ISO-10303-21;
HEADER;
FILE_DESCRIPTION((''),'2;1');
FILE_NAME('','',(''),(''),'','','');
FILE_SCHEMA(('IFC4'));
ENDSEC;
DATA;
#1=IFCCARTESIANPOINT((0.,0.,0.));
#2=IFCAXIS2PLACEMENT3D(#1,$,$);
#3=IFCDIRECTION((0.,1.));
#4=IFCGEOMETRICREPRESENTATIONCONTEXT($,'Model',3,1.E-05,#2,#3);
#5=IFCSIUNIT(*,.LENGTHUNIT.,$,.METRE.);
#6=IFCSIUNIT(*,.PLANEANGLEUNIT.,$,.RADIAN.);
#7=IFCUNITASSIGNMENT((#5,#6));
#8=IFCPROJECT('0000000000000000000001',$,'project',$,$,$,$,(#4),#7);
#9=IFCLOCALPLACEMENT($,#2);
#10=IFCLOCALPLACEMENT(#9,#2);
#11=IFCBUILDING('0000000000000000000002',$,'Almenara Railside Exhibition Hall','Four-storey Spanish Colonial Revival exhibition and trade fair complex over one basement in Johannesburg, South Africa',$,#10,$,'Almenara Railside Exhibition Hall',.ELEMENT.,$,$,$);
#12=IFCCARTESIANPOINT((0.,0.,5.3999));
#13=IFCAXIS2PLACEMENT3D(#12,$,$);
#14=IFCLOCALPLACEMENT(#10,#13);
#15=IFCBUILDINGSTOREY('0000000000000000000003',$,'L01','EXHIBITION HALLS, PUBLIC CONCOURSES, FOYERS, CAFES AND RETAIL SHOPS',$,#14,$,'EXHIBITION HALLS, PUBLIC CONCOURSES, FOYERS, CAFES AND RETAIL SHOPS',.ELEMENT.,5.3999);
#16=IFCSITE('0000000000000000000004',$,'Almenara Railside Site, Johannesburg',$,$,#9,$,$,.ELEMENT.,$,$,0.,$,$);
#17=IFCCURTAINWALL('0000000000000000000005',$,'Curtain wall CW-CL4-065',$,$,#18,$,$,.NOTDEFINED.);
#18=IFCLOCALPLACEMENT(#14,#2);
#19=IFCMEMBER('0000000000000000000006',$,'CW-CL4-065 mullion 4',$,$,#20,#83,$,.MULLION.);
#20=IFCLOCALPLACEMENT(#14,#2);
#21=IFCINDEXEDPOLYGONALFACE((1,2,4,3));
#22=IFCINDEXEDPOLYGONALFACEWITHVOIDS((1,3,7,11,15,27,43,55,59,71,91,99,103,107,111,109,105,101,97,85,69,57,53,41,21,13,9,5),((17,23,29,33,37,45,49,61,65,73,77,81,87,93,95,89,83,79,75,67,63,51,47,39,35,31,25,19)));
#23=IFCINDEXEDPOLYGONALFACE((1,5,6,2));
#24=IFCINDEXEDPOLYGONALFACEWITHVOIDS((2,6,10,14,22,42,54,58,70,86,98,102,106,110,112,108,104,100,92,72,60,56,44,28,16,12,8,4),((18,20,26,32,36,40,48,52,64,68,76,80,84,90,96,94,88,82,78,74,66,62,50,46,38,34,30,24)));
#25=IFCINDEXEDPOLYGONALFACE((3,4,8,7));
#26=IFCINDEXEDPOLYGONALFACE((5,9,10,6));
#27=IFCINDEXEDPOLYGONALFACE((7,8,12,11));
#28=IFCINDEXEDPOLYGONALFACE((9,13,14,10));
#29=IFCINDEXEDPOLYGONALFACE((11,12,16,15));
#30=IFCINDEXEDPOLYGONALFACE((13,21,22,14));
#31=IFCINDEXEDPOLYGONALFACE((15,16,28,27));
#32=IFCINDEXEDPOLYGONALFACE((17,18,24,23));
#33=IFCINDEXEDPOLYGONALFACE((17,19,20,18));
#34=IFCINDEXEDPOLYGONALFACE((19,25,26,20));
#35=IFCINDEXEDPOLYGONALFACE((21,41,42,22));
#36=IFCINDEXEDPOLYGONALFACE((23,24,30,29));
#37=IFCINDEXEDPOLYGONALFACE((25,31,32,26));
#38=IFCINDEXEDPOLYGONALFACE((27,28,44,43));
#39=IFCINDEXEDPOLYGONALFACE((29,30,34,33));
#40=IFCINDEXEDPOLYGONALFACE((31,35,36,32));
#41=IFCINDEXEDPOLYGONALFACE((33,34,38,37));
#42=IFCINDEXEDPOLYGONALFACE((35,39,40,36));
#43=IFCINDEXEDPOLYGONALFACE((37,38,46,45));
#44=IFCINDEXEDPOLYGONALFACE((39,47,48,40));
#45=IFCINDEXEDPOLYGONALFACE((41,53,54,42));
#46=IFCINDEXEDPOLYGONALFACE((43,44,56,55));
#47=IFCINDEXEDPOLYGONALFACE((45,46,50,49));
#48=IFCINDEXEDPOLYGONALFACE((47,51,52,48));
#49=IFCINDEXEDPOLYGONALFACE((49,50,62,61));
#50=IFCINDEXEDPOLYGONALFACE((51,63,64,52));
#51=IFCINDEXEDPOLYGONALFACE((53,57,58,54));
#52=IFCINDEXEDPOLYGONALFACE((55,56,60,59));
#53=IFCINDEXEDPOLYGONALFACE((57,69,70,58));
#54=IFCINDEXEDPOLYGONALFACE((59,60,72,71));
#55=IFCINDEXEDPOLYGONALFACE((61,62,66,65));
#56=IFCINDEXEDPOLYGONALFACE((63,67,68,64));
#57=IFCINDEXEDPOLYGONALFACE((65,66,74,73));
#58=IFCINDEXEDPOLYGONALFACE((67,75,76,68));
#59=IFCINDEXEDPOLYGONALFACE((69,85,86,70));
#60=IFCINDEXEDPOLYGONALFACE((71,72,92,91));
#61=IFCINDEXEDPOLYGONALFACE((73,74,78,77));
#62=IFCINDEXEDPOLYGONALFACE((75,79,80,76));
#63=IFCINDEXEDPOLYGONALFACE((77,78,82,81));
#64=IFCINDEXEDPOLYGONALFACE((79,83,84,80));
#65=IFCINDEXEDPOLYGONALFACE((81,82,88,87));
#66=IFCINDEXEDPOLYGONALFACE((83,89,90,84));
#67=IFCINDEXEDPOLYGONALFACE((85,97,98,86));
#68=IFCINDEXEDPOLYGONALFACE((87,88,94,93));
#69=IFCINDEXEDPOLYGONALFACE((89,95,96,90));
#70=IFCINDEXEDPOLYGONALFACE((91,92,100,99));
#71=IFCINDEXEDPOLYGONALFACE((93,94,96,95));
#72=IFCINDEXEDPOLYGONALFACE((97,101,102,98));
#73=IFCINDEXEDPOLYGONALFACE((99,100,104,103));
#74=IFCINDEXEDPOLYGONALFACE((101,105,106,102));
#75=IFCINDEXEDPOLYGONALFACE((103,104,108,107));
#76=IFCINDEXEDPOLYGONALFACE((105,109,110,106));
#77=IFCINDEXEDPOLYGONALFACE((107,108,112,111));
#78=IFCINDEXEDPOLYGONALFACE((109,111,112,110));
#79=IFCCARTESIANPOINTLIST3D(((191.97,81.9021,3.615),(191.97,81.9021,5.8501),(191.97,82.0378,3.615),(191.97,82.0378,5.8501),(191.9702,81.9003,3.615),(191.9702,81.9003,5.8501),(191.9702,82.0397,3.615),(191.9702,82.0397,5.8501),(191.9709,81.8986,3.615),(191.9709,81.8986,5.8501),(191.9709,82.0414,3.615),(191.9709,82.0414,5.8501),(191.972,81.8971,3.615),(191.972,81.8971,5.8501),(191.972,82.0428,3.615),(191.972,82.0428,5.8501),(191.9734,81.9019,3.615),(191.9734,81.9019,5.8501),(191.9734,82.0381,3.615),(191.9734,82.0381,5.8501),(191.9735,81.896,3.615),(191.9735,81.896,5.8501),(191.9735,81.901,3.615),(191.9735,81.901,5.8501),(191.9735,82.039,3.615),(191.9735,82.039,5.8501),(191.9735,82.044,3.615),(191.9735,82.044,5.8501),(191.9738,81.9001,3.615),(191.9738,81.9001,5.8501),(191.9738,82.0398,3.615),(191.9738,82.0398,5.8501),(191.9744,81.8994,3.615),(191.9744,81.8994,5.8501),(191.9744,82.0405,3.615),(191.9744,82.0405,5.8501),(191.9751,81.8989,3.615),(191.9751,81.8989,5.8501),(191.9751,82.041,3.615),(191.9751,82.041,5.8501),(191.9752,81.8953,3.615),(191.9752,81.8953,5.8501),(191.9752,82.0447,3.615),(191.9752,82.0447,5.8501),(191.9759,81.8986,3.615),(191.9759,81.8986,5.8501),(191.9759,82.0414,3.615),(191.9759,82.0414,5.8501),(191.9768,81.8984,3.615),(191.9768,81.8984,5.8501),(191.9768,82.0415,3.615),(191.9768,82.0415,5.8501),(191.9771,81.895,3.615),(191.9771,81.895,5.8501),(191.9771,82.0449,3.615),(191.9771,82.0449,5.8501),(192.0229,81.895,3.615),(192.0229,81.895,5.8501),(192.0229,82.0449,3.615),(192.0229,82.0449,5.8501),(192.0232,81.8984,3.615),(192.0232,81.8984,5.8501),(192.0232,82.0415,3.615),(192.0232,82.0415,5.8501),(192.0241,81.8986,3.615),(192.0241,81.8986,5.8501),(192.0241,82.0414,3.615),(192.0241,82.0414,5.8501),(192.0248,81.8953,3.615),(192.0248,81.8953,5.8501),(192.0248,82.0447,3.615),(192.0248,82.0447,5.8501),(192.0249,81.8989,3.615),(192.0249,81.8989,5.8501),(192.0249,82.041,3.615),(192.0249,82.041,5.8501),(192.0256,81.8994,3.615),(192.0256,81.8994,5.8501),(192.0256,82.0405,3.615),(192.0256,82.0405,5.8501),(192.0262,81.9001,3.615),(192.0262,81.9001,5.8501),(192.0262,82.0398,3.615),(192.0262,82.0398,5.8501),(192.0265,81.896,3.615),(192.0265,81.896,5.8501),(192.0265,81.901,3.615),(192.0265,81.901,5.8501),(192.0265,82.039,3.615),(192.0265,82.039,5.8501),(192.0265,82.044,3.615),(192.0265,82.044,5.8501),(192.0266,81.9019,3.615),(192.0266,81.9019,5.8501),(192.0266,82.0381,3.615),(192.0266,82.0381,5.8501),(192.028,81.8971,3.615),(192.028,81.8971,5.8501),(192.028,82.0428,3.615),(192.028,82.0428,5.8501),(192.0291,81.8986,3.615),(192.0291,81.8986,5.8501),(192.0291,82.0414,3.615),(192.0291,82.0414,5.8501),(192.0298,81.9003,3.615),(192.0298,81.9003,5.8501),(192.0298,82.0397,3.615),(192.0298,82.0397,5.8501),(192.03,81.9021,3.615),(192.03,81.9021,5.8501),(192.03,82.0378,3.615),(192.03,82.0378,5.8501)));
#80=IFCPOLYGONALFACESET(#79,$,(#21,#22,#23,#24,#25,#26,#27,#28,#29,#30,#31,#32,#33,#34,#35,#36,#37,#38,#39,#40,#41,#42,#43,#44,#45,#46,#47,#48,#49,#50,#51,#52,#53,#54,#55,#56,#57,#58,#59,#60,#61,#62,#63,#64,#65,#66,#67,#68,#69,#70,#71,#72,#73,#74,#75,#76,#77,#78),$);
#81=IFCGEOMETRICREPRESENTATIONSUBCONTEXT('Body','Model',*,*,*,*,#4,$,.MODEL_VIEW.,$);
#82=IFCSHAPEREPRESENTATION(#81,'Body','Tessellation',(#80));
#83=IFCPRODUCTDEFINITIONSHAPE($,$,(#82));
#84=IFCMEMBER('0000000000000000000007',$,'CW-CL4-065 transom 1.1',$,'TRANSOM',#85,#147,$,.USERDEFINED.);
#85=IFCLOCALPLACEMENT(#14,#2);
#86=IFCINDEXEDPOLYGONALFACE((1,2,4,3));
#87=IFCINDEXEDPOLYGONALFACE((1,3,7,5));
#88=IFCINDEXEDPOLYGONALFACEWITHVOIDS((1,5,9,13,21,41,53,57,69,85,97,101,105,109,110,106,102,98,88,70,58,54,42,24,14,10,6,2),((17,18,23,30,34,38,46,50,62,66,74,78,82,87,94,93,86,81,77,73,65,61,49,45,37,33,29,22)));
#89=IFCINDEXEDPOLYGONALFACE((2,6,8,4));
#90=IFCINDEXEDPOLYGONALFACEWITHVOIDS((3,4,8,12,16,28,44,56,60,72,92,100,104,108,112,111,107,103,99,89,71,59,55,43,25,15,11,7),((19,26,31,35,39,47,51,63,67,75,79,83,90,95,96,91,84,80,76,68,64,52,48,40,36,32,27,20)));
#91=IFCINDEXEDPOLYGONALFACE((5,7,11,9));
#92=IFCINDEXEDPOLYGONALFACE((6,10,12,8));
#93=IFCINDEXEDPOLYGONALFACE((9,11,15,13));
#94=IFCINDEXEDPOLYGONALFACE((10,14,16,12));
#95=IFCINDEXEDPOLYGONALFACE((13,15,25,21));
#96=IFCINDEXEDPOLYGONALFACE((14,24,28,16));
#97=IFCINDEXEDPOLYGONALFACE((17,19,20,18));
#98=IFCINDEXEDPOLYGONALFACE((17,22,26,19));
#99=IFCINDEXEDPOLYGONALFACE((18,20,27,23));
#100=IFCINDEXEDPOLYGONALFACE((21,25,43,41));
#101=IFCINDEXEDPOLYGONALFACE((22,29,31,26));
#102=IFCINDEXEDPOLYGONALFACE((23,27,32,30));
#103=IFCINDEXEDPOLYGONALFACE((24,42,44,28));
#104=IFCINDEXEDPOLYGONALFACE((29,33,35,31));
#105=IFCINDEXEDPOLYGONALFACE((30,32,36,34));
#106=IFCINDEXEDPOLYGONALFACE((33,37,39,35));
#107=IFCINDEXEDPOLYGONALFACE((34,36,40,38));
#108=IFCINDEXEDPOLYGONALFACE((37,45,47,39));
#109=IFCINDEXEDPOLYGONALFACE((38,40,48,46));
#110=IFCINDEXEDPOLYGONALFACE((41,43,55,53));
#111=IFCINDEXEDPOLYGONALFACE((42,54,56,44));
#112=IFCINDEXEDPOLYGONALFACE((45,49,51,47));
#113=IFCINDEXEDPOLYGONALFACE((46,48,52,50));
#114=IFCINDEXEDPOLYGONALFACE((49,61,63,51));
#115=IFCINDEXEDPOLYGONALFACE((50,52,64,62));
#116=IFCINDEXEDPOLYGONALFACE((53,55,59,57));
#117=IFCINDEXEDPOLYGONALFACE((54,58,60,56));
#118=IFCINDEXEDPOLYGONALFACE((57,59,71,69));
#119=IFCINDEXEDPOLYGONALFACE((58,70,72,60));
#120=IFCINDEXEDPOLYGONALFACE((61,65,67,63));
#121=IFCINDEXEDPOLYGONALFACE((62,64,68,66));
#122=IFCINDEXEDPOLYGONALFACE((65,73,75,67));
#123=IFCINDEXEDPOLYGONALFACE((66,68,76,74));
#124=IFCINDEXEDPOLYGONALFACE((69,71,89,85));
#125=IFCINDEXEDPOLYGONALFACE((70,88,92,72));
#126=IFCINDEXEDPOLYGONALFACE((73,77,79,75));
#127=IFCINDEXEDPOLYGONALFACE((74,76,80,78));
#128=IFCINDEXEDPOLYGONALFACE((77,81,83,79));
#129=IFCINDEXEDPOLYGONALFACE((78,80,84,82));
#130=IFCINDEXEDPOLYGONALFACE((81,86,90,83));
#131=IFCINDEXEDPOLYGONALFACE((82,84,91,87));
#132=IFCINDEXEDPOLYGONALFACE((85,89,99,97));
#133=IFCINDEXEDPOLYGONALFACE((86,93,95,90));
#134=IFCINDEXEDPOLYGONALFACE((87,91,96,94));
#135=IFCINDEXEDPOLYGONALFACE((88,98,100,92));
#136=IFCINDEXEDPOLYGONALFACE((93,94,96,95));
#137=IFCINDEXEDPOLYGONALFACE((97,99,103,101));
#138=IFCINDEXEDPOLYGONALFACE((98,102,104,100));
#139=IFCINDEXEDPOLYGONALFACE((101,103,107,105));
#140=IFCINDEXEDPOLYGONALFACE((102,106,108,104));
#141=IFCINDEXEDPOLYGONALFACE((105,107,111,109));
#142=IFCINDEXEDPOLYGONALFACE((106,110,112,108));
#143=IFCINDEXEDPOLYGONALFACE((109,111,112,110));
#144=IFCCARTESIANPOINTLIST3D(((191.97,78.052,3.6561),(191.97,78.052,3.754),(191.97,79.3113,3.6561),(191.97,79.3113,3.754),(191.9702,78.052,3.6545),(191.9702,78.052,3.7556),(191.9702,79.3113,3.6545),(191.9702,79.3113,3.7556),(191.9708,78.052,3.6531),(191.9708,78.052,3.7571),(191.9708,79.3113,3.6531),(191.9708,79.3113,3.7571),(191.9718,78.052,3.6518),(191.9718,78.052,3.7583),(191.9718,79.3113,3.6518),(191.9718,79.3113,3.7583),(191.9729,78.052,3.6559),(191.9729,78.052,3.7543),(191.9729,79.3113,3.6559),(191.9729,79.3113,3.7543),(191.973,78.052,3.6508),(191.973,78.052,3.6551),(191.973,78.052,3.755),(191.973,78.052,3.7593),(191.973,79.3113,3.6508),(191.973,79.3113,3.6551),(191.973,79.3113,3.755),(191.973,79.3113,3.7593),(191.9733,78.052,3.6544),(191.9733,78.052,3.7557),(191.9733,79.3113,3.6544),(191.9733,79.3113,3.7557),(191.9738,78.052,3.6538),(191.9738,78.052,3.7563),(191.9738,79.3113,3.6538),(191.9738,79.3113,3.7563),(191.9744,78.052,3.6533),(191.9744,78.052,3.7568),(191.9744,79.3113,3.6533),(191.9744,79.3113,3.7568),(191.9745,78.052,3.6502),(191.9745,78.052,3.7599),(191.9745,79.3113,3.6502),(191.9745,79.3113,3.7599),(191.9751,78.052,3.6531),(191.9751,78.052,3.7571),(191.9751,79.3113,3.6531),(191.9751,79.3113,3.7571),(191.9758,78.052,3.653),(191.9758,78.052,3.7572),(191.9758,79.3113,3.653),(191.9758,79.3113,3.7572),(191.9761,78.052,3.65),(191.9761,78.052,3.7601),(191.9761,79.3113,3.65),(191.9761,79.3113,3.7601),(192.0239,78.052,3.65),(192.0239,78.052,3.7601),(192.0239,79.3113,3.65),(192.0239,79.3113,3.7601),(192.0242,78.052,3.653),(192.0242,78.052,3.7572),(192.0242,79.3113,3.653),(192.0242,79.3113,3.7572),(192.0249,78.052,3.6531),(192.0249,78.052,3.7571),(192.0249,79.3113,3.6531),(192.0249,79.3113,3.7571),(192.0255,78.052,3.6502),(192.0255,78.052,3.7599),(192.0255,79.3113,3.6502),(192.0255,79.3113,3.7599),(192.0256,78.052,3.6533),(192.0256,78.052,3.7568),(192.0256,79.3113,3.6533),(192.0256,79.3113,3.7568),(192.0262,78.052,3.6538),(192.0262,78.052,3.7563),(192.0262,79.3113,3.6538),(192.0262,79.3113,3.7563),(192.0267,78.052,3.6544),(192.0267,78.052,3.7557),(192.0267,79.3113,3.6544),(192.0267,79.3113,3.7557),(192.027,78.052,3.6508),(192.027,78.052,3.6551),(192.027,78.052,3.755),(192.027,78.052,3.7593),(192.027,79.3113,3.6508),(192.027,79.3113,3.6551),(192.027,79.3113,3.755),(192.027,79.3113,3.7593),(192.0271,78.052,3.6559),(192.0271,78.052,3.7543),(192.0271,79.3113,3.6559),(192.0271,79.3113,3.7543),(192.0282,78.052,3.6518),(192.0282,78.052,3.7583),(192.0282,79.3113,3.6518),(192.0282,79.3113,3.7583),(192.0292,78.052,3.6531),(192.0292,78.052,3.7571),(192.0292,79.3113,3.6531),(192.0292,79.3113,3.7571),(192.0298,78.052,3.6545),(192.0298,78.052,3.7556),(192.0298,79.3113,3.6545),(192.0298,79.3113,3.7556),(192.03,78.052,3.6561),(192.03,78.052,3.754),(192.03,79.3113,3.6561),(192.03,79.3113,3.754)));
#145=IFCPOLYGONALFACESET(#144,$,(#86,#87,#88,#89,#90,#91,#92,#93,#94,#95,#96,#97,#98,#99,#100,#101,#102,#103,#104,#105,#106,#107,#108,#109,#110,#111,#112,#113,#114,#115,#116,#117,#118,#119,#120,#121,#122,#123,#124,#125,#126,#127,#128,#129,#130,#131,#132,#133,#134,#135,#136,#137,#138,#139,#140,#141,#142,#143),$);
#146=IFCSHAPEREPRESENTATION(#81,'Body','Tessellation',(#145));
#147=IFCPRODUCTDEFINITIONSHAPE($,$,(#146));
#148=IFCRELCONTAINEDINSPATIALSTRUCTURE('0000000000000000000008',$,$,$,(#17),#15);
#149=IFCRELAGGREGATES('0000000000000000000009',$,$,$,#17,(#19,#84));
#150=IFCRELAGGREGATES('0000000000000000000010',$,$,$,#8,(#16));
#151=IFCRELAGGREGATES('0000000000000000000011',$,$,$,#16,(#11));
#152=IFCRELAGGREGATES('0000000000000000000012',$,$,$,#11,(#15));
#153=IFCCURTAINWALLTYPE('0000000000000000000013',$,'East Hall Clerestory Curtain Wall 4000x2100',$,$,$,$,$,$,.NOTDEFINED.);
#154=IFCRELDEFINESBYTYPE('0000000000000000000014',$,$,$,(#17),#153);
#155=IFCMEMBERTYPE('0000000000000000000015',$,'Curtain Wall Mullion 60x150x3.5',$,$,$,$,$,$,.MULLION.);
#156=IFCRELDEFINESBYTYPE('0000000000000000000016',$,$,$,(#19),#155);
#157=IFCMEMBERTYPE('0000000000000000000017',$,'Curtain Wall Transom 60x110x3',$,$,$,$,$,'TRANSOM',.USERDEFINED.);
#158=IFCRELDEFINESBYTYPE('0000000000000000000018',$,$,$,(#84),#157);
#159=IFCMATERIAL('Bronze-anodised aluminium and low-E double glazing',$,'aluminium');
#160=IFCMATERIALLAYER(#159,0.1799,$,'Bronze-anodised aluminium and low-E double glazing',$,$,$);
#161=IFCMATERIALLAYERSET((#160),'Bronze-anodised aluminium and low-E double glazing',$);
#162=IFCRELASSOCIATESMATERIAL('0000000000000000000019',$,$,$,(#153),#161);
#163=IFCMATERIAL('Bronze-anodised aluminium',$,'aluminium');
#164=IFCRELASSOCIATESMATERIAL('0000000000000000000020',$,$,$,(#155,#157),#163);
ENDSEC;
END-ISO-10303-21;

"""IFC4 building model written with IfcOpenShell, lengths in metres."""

from ifc_helpers import new_model, si_unit, direction, frame, origin, origin_2d, place, context, subcontext, project, spatial, hollow_rectangle, extrude, material, layer, layer_set, material_profile, profile_set, type_object, element, aggregate, save


model = new_model("IFC4")

# Units and contexts
model_context = context("Model", 3, precision=1e-05, world=origin(), true_north=direction((0.0, 1.0)))
body_context = subcontext(model_context, "Body", "Model", "MODEL_VIEW")
ifc_project = project(units=[si_unit("LENGTHUNIT", "METRE"), si_unit("PLANEANGLEUNIT", "RADIAN")], contexts=[model_context])

# Site, building, storey
site_placement = place(None, origin())
site = spatial("IfcSite", under=ifc_project, at=site_placement, Name="Almenara Railside Site, Johannesburg", CompositionType="ELEMENT", RefElevation=0.0)
building_placement = place(site_placement, origin())
building = spatial("IfcBuilding", under=site, at=building_placement, Name="Almenara Railside Exhibition Hall", Description="Four-storey Spanish Colonial Revival exhibition and trade fair complex over one basement in Johannesburg, South Africa", LongName="Almenara Railside Exhibition Hall", CompositionType="ELEMENT")
storey_placement = place(building_placement, frame((0.0, 0.0, 5.3999)))
storey = spatial("IfcBuildingStorey", under=building, at=storey_placement, Name="L01", Description="EXHIBITION HALLS, PUBLIC CONCOURSES, FOYERS, CAFES AND RETAIL SHOPS", LongName="EXHIBITION HALLS, PUBLIC CONCOURSES, FOYERS, CAFES AND RETAIL SHOPS", CompositionType="ELEMENT", Elevation=5.3999)

# Shared definitions
ifc_material_1 = material(Name="Bronze-anodised aluminium and low-E double glazing", Category="aluminium")
ifc_layer_1 = layer(ifc_material_1, 0.1799, Name="Bronze-anodised aluminium and low-E double glazing")
ifc_layer_set_1 = layer_set([ifc_layer_1], Name="Bronze-anodised aluminium and low-E double glazing")
curtain_wall_type = type_object("IfcCurtainWallType", Name="East Hall Clerestory Curtain Wall 4000x2100", PredefinedType="NOTDEFINED", material=ifc_layer_set_1)
ifc_material_2 = material(Name="Bronze-anodised aluminium", Category="aluminium")

# Curtain wall, members
curtain_wall_1_placement = place(storey_placement, origin())
curtain_wall_1 = element("IfcCurtainWall", 1, at=curtain_wall_1_placement, inside=storey, type_object=curtain_wall_type, Name="Curtain wall CW-CL4-065", PredefinedType="NOTDEFINED")
ifc_material_profile_1 = material_profile(ifc_material_2, hollow_rectangle(XDim=0.0601, YDim=0.1499, WallThickness=0.0034, InnerFilletRadius=0.0034, OuterFilletRadius=0.0071, at=origin_2d()), Name="ALU-MUL 60x150x3.5")
ifc_profile_set_1 = profile_set([ifc_material_profile_1], Name="Bronze-anodised aluminium")
member_type_1 = type_object("IfcMemberType", Name="Curtain Wall Mullion 60x150x3.5", PredefinedType="MULLION", material=ifc_profile_set_1)
member_1_placement = place(storey_placement, frame((192.0, 81.97, 3.615), z_axis=(0.0, 0.0, 1.0), x_axis=(-1.0, 0.0, 0.0)))
member_1 = element("IfcMember", 2, at=member_1_placement, type_object=member_type_1, Name="CW-CL4-065 mullion 4", PredefinedType="MULLION", context=body_context, shape_type="SweptSolid", body=[
    extrude(hollow_rectangle(XDim=0.0601, YDim=0.1499, WallThickness=0.0034, InnerFilletRadius=0.0034, OuterFilletRadius=0.0071, at=origin_2d()), origin(), (0.0, 0.0, 1.0), 2.2351),
])
ifc_material_profile_2 = material_profile(ifc_material_2, hollow_rectangle(XDim=0.0601, YDim=0.1101, WallThickness=0.0029, InnerFilletRadius=0.0029, OuterFilletRadius=0.0061, at=origin_2d()), Name="ALU-TRN 60x110x3")
ifc_profile_set_2 = profile_set([ifc_material_profile_2], Name="Bronze-anodised aluminium")
member_type_2 = type_object("IfcMemberType", Name="Curtain Wall Transom 60x110x3", ElementType="TRANSOM", PredefinedType="USERDEFINED", material=ifc_profile_set_2)
member_2_placement = place(storey_placement, frame((192.0, 78.052, 3.7051), z_axis=(0.0, 1.0, 0.0), x_axis=(-1.0, 0.0, 0.0)))
member_2 = element("IfcMember", 3, at=member_2_placement, type_object=member_type_2, Name="CW-CL4-065 transom 1.1", ObjectType="TRANSOM", PredefinedType="USERDEFINED", context=body_context, shape_type="SweptSolid", body=[
    extrude(hollow_rectangle(XDim=0.0601, YDim=0.1101, WallThickness=0.0029, InnerFilletRadius=0.0029, OuterFilletRadius=0.0061, at=origin_2d()), origin(), (0.0, 0.0, 1.0), 1.2593),
])

aggregate(curtain_wall_1, [member_1, member_2])

save(model, "model.ifc")
